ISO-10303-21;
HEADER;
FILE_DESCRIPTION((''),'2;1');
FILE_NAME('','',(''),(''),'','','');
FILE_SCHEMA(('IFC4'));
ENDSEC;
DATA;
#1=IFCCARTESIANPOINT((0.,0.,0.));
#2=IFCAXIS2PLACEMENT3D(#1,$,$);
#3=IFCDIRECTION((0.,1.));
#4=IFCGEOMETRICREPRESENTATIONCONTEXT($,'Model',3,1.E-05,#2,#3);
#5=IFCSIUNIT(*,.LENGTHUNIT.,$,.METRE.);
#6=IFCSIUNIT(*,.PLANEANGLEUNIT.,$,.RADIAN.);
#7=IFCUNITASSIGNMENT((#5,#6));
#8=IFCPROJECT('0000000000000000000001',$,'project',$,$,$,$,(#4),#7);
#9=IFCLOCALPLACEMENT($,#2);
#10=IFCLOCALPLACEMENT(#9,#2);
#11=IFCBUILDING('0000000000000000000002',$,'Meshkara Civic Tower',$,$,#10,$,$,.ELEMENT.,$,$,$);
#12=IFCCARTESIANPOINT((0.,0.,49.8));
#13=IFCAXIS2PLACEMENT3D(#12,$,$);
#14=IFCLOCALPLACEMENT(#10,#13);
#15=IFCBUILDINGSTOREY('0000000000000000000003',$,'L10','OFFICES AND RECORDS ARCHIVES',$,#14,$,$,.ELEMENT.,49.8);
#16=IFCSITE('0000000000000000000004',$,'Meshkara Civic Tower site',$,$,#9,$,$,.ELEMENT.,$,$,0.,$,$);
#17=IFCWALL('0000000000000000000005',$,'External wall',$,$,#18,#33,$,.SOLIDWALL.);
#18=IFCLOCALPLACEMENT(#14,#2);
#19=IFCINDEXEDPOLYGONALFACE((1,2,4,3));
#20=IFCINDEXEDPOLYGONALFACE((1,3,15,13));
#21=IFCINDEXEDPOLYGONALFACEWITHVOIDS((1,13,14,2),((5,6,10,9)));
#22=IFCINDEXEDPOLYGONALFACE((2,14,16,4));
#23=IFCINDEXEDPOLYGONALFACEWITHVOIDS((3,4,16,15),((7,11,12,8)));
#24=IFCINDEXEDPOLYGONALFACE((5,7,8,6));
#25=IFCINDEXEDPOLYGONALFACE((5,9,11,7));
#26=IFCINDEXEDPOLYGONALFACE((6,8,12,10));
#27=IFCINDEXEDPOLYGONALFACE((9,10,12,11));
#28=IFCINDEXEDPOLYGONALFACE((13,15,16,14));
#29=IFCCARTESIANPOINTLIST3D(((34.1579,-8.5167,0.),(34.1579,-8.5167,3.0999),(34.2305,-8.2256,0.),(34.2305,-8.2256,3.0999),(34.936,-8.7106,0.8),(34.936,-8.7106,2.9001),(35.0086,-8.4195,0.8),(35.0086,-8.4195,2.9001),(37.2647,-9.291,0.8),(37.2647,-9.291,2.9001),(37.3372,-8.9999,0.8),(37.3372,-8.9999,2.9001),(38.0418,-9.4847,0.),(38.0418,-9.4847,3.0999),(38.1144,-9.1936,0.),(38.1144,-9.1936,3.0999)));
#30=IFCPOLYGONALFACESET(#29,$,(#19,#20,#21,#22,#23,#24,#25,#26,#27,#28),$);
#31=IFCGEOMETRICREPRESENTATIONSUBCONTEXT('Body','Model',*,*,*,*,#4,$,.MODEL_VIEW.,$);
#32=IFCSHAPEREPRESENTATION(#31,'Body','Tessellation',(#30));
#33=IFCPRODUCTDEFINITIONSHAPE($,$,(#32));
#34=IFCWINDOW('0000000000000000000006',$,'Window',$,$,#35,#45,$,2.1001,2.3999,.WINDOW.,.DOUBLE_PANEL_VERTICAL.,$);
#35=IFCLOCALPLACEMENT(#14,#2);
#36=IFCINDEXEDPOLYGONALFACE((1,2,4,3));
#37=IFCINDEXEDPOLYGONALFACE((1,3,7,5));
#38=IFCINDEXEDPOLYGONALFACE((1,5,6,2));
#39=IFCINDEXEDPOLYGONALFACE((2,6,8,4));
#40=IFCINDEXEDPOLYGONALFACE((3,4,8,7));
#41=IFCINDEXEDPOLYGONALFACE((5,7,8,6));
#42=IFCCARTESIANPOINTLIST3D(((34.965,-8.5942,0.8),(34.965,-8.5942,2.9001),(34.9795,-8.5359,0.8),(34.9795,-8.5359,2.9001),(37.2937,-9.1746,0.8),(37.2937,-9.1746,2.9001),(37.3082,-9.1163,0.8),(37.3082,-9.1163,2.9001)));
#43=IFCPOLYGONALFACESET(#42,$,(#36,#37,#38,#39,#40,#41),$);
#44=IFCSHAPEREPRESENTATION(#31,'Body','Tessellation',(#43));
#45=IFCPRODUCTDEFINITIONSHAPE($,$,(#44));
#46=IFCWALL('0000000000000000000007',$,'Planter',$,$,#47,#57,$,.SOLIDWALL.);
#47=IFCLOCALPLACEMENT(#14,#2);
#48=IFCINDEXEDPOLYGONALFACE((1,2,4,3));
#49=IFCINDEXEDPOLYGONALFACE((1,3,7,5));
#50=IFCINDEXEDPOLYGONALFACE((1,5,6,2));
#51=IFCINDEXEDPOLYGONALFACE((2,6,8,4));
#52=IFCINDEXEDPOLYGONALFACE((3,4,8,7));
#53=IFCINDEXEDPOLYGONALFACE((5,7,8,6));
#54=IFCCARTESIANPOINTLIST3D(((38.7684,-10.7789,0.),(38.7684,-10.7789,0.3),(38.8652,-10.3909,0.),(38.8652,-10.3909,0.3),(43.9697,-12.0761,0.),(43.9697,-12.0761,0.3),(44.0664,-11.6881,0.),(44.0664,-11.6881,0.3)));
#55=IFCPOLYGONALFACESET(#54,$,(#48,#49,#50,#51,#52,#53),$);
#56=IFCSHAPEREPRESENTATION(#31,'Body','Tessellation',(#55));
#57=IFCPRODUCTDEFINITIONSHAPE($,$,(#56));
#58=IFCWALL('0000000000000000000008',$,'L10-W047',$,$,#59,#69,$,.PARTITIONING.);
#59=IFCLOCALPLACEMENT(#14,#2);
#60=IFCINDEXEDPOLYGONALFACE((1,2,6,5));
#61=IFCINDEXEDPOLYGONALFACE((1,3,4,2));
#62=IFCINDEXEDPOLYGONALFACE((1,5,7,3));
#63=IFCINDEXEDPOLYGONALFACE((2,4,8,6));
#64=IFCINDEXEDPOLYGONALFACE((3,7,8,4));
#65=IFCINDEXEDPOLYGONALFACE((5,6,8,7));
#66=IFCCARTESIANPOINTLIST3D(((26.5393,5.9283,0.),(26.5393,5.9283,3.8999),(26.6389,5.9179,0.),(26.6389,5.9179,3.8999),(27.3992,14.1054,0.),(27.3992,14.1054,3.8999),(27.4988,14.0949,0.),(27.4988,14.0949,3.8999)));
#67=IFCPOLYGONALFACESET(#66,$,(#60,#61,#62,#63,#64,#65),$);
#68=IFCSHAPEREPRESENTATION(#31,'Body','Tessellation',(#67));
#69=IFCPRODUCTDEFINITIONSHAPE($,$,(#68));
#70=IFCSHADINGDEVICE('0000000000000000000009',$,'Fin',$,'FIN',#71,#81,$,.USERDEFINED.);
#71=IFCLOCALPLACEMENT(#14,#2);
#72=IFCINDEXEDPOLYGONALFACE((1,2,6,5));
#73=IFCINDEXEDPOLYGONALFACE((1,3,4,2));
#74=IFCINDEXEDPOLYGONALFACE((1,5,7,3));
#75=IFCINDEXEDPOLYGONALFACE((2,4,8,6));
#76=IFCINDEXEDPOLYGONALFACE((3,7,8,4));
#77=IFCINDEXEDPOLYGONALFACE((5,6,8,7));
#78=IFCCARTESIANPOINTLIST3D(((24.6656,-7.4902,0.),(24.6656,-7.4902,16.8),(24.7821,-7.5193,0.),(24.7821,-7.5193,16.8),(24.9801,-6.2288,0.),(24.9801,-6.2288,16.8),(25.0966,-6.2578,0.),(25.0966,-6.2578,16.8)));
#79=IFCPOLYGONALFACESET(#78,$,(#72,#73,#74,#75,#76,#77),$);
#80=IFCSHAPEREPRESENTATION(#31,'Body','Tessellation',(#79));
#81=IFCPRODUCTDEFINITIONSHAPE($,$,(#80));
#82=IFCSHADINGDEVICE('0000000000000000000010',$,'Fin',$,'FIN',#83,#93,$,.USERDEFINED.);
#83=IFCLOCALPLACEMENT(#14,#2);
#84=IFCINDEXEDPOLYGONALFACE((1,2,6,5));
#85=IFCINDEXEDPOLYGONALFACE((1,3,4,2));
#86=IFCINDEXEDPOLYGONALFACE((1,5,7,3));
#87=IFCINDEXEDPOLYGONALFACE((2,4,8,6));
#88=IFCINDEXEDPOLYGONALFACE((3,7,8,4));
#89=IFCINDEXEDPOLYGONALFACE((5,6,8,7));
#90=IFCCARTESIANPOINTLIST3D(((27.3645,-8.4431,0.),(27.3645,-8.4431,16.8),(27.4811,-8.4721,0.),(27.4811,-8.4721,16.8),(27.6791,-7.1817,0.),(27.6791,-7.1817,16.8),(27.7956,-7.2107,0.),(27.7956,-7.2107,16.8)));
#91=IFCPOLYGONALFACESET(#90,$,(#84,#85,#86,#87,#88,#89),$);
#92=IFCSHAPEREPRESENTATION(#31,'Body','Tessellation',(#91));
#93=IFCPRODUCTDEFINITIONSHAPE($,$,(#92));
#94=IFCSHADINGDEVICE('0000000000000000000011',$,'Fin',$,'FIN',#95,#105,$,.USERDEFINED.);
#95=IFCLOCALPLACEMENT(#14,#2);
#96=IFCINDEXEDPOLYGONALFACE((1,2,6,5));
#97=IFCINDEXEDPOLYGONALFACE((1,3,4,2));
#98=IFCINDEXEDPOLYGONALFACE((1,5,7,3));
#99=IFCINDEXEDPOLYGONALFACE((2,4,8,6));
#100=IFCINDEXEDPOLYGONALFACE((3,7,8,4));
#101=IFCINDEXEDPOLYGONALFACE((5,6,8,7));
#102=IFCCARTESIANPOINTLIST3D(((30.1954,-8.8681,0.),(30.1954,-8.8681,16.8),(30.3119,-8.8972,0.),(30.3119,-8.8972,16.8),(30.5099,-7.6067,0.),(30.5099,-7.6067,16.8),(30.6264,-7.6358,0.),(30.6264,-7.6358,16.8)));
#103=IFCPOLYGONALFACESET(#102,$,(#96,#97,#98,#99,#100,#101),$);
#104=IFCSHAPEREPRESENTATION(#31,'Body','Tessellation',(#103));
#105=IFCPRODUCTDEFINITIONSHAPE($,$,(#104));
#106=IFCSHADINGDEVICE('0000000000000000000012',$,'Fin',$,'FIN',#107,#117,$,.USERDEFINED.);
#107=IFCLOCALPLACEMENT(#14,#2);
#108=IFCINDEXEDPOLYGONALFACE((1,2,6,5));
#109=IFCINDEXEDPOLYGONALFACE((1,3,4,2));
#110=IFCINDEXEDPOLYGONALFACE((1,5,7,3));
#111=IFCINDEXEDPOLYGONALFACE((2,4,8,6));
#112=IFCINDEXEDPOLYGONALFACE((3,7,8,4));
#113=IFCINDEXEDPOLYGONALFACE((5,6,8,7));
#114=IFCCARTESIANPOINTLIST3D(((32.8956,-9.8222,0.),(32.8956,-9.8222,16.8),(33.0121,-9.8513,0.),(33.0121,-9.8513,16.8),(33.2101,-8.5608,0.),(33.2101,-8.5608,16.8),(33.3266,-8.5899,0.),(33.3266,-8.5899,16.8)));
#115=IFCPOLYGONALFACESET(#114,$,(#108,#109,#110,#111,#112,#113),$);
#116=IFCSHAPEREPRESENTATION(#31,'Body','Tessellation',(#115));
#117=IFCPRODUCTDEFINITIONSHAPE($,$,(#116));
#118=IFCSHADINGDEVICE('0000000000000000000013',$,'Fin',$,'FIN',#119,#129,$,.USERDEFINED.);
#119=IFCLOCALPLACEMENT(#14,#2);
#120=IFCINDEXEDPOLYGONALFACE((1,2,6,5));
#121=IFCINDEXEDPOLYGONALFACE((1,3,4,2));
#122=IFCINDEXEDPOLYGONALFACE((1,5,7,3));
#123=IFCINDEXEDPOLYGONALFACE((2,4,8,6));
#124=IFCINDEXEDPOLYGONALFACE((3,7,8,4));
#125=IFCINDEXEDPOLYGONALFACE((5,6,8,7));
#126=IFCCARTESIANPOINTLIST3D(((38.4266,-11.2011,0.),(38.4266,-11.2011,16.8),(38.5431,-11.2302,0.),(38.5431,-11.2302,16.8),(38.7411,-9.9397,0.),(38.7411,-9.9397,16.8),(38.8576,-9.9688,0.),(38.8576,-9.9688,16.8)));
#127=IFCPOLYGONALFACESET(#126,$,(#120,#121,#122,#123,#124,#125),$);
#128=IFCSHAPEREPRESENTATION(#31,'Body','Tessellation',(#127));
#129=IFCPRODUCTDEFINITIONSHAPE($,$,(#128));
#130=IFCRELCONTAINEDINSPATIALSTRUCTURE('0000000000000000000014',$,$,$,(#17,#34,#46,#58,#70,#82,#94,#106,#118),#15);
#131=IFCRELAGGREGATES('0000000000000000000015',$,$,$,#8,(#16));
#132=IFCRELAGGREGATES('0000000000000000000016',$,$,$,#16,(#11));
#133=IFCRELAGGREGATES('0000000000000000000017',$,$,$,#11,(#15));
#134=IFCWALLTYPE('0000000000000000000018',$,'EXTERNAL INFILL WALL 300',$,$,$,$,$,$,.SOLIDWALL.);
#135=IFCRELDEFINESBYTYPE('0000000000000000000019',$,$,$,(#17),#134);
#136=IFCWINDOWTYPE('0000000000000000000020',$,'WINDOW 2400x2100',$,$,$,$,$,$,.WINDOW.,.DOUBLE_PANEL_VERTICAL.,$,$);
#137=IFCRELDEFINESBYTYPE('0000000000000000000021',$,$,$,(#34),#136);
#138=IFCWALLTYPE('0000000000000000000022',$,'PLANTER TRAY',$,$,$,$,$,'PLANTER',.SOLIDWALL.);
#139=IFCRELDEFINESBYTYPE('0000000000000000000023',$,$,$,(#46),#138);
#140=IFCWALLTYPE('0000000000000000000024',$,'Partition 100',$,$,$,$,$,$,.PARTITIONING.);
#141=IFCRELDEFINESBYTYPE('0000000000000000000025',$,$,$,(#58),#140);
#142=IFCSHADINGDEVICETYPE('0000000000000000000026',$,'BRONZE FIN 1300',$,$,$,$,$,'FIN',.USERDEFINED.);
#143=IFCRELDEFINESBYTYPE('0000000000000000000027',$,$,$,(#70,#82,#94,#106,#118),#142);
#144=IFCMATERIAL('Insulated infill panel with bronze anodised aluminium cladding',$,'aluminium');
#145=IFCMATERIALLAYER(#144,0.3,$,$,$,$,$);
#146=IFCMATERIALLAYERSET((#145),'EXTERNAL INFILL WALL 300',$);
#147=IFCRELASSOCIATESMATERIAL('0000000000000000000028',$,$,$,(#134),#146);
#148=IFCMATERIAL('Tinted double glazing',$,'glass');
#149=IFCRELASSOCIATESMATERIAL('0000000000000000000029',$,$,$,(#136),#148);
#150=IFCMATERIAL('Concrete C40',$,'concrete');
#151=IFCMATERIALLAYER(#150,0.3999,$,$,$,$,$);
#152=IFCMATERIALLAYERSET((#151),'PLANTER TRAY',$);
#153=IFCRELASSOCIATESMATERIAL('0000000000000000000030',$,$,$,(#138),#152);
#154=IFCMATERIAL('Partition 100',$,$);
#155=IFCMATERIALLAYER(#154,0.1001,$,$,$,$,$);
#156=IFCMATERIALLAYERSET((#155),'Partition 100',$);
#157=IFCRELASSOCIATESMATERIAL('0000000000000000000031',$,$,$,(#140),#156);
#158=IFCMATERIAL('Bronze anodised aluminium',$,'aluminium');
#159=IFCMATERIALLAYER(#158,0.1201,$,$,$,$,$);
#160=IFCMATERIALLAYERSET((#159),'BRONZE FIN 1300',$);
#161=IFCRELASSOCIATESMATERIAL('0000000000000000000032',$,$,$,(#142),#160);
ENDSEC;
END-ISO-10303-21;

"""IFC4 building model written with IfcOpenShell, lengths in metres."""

from ifc_helpers import new_model, si_unit, direction, frame, frame_2d, origin, origin_2d, place, context, subcontext, project, spatial, rectangle, extrude, material, layer, layer_set, type_object, element, fill, save


model = new_model("IFC4")

# Units and contexts
model_context = context("Model", 3, precision=1e-05, world=origin(), true_north=direction((0.0, 1.0)))
body_context = subcontext(model_context, "Body", "Model", "MODEL_VIEW")
ifc_project = project(units=[si_unit("LENGTHUNIT", "METRE"), si_unit("PLANEANGLEUNIT", "RADIAN")], contexts=[model_context])

# Site, building, storey
site_placement = place(None, origin())
site = spatial("IfcSite", under=ifc_project, at=site_placement, Name="Meshkara Civic Tower site", CompositionType="ELEMENT", RefElevation=0.0)
building_placement = place(site_placement, origin())
building = spatial("IfcBuilding", under=site, at=building_placement, Name="Meshkara Civic Tower", CompositionType="ELEMENT")
storey_placement = place(building_placement, frame((0.0, 0.0, 49.8)))
storey = spatial("IfcBuildingStorey", under=building, at=storey_placement, Name="L10", Description="OFFICES AND RECORDS ARCHIVES", CompositionType="ELEMENT", Elevation=49.8)

# Wall, opening, window
ifc_material_1 = material(Name="Insulated infill panel with bronze anodised aluminium cladding", Category="aluminium")
ifc_layer_1 = layer(ifc_material_1, 0.3)
ifc_layer_set_1 = layer_set([ifc_layer_1], Name="EXTERNAL INFILL WALL 300")
wall_type_1 = type_object("IfcWallType", Name="EXTERNAL INFILL WALL 300", PredefinedType="SOLIDWALL", material=ifc_layer_set_1)
ifc_material_2 = material(Name="Tinted double glazing", Category="glass")
window_type = type_object("IfcWindowType", Name="WINDOW 2400x2100", PartitioningType="DOUBLE_PANEL_VERTICAL", PredefinedType="WINDOW", material=ifc_material_2)
wall_1_placement = place(storey_placement, frame((34.1941, -8.3711, 0.0), z_axis=(0.0, 0.0, 1.0), x_axis=(0.970314, -0.241847, 0.0)))
wall_1 = element("IfcWall", 1, at=wall_1_placement, inside=storey, type_object=wall_type_1, Name="External wall", PredefinedType="SOLIDWALL", context=body_context, shape_type="SweptSolid", body=[
    extrude(rectangle(XDim=4.0027, YDim=0.3, at=frame_2d((2.0015, 0.0))), origin(), (0.0, 0.0, 1.0), 3.0999),
])
opening_1_placement = place(wall_1_placement, frame((0.802, 0.0, 0.8)))
opening_1 = element("IfcOpeningElement", 2, at=opening_1_placement, cuts=wall_1, PredefinedType="OPENING", context=body_context, shape_type="SweptSolid", body=[
    extrude(rectangle(XDim=2.3999, YDim=2.1001, at=frame_2d((1.2, 1.05))), frame((0.0, 0.1599, 0.0), z_axis=(0.0, -1.0, 0.0), x_axis=(1.0, 0.0, 0.0)), (0.0, 0.0, 1.0), 0.3201),
])
window_1_placement = place(opening_1_placement, origin())
window_1 = element("IfcWindow", 3, at=window_1_placement, inside=storey, type_object=window_type, Name="Window", OverallHeight=2.1001, OverallWidth=2.3999, PartitioningType="DOUBLE_PANEL_VERTICAL", PredefinedType="WINDOW", context=body_context, shape_type="SweptSolid", body=[
    extrude(rectangle(XDim=2.3999, YDim=2.1001, at=frame_2d((1.2, 1.05))), frame((0.0, 0.03, 0.0), z_axis=(0.0, -1.0, 0.0), x_axis=(1.0, 0.0, 0.0)), (0.0, 0.0, 1.0), 0.0601),
])
fill(opening_1, window_1)

# Walls
ifc_material_3 = material(Name="Concrete C40", Category="concrete")
ifc_layer_2 = layer(ifc_material_3, 0.3999)
ifc_layer_set_2 = layer_set([ifc_layer_2], Name="PLANTER TRAY")
wall_type_2 = type_object("IfcWallType", Name="PLANTER TRAY", ElementType="PLANTER", PredefinedType="SOLIDWALL", material=ifc_layer_set_2)
wall_2_placement = place(storey_placement, frame((38.8169, -10.585, 0.0), z_axis=(0.0, 0.0, 1.0), x_axis=(0.970282, -0.241978, 0.0)))
element("IfcWall", 4, at=wall_2_placement, inside=storey, type_object=wall_type_2, Name="Planter", PredefinedType="SOLIDWALL", context=body_context, shape_type="SweptSolid", body=[
    extrude(rectangle(XDim=5.3606, YDim=0.3999, at=frame_2d((2.6802, 0.0))), origin(), (0.0, 0.0, 1.0), 0.3),
])
ifc_material_4 = material(Name="Partition 100")
ifc_layer_3 = layer(ifc_material_4, 0.1001)
ifc_layer_set_3 = layer_set([ifc_layer_3], Name="Partition 100")
wall_type_3 = type_object("IfcWallType", Name="Partition 100", PredefinedType="PARTITIONING", material=ifc_layer_set_3)
wall_3_placement = place(storey_placement, frame((26.5891, 5.9231, 0.0), z_axis=(0.0, 0.0, 1.0), x_axis=(0.10458, 0.994517, 0.0)))
element("IfcWall", 5, at=wall_3_placement, inside=storey, type_object=wall_type_3, Name="L10-W047", PredefinedType="PARTITIONING", context=body_context, shape_type="SweptSolid", body=[
    extrude(rectangle(XDim=8.2222, YDim=0.1001, at=frame_2d((4.1111, 0.0))), origin(), (0.0, 0.0, 1.0), 3.8999),
])

# Shading devices
ifc_material_5 = material(Name="Bronze anodised aluminium", Category="aluminium")
ifc_layer_4 = layer(ifc_material_5, 0.1201)
ifc_layer_set_4 = layer_set([ifc_layer_4], Name="BRONZE FIN 1300")
shading_device_type = type_object("IfcShadingDeviceType", Name="BRONZE FIN 1300", ElementType="FIN", PredefinedType="USERDEFINED", material=ifc_layer_set_4)
for number, where, z_axis, x_axis, name in (
    (6, (24.8811, -6.874, 0.0), (0.0, 0.0, 1.0), (0.970296, -0.241922, 0.0), "Fin"),
    (7, (27.5801, -7.8269, 0.0), (0.0, 0.0, 1.0), (0.970296, -0.241922, 0.0), "Fin"),
    (8, (30.4109, -8.252, 0.0), (0.0, 0.0, 1.0), (0.970296, -0.241922, 0.0), "Fin"),
    (9, (33.1111, -9.2061, 0.0), (0.0, 0.0, 1.0), (0.970296, -0.241922, 0.0), "Fin"),
    (10, (38.6421, -10.585, 0.0), (0.0, 0.0, 1.0), (0.970296, -0.241922, 0.0), "Fin"),
):
    element("IfcShadingDevice", number, at=place(storey_placement, frame(where, z_axis=z_axis, x_axis=x_axis)), inside=storey, type_object=shading_device_type, Name=name, ObjectType="FIN", PredefinedType="USERDEFINED", context=body_context, shape_type="SweptSolid", body=[
        extrude(rectangle(XDim=0.1201, YDim=1.3, at=origin_2d()), origin(), (0.0, 0.0, 1.0), 16.8),
    ])

save(model, "model.ifc")
